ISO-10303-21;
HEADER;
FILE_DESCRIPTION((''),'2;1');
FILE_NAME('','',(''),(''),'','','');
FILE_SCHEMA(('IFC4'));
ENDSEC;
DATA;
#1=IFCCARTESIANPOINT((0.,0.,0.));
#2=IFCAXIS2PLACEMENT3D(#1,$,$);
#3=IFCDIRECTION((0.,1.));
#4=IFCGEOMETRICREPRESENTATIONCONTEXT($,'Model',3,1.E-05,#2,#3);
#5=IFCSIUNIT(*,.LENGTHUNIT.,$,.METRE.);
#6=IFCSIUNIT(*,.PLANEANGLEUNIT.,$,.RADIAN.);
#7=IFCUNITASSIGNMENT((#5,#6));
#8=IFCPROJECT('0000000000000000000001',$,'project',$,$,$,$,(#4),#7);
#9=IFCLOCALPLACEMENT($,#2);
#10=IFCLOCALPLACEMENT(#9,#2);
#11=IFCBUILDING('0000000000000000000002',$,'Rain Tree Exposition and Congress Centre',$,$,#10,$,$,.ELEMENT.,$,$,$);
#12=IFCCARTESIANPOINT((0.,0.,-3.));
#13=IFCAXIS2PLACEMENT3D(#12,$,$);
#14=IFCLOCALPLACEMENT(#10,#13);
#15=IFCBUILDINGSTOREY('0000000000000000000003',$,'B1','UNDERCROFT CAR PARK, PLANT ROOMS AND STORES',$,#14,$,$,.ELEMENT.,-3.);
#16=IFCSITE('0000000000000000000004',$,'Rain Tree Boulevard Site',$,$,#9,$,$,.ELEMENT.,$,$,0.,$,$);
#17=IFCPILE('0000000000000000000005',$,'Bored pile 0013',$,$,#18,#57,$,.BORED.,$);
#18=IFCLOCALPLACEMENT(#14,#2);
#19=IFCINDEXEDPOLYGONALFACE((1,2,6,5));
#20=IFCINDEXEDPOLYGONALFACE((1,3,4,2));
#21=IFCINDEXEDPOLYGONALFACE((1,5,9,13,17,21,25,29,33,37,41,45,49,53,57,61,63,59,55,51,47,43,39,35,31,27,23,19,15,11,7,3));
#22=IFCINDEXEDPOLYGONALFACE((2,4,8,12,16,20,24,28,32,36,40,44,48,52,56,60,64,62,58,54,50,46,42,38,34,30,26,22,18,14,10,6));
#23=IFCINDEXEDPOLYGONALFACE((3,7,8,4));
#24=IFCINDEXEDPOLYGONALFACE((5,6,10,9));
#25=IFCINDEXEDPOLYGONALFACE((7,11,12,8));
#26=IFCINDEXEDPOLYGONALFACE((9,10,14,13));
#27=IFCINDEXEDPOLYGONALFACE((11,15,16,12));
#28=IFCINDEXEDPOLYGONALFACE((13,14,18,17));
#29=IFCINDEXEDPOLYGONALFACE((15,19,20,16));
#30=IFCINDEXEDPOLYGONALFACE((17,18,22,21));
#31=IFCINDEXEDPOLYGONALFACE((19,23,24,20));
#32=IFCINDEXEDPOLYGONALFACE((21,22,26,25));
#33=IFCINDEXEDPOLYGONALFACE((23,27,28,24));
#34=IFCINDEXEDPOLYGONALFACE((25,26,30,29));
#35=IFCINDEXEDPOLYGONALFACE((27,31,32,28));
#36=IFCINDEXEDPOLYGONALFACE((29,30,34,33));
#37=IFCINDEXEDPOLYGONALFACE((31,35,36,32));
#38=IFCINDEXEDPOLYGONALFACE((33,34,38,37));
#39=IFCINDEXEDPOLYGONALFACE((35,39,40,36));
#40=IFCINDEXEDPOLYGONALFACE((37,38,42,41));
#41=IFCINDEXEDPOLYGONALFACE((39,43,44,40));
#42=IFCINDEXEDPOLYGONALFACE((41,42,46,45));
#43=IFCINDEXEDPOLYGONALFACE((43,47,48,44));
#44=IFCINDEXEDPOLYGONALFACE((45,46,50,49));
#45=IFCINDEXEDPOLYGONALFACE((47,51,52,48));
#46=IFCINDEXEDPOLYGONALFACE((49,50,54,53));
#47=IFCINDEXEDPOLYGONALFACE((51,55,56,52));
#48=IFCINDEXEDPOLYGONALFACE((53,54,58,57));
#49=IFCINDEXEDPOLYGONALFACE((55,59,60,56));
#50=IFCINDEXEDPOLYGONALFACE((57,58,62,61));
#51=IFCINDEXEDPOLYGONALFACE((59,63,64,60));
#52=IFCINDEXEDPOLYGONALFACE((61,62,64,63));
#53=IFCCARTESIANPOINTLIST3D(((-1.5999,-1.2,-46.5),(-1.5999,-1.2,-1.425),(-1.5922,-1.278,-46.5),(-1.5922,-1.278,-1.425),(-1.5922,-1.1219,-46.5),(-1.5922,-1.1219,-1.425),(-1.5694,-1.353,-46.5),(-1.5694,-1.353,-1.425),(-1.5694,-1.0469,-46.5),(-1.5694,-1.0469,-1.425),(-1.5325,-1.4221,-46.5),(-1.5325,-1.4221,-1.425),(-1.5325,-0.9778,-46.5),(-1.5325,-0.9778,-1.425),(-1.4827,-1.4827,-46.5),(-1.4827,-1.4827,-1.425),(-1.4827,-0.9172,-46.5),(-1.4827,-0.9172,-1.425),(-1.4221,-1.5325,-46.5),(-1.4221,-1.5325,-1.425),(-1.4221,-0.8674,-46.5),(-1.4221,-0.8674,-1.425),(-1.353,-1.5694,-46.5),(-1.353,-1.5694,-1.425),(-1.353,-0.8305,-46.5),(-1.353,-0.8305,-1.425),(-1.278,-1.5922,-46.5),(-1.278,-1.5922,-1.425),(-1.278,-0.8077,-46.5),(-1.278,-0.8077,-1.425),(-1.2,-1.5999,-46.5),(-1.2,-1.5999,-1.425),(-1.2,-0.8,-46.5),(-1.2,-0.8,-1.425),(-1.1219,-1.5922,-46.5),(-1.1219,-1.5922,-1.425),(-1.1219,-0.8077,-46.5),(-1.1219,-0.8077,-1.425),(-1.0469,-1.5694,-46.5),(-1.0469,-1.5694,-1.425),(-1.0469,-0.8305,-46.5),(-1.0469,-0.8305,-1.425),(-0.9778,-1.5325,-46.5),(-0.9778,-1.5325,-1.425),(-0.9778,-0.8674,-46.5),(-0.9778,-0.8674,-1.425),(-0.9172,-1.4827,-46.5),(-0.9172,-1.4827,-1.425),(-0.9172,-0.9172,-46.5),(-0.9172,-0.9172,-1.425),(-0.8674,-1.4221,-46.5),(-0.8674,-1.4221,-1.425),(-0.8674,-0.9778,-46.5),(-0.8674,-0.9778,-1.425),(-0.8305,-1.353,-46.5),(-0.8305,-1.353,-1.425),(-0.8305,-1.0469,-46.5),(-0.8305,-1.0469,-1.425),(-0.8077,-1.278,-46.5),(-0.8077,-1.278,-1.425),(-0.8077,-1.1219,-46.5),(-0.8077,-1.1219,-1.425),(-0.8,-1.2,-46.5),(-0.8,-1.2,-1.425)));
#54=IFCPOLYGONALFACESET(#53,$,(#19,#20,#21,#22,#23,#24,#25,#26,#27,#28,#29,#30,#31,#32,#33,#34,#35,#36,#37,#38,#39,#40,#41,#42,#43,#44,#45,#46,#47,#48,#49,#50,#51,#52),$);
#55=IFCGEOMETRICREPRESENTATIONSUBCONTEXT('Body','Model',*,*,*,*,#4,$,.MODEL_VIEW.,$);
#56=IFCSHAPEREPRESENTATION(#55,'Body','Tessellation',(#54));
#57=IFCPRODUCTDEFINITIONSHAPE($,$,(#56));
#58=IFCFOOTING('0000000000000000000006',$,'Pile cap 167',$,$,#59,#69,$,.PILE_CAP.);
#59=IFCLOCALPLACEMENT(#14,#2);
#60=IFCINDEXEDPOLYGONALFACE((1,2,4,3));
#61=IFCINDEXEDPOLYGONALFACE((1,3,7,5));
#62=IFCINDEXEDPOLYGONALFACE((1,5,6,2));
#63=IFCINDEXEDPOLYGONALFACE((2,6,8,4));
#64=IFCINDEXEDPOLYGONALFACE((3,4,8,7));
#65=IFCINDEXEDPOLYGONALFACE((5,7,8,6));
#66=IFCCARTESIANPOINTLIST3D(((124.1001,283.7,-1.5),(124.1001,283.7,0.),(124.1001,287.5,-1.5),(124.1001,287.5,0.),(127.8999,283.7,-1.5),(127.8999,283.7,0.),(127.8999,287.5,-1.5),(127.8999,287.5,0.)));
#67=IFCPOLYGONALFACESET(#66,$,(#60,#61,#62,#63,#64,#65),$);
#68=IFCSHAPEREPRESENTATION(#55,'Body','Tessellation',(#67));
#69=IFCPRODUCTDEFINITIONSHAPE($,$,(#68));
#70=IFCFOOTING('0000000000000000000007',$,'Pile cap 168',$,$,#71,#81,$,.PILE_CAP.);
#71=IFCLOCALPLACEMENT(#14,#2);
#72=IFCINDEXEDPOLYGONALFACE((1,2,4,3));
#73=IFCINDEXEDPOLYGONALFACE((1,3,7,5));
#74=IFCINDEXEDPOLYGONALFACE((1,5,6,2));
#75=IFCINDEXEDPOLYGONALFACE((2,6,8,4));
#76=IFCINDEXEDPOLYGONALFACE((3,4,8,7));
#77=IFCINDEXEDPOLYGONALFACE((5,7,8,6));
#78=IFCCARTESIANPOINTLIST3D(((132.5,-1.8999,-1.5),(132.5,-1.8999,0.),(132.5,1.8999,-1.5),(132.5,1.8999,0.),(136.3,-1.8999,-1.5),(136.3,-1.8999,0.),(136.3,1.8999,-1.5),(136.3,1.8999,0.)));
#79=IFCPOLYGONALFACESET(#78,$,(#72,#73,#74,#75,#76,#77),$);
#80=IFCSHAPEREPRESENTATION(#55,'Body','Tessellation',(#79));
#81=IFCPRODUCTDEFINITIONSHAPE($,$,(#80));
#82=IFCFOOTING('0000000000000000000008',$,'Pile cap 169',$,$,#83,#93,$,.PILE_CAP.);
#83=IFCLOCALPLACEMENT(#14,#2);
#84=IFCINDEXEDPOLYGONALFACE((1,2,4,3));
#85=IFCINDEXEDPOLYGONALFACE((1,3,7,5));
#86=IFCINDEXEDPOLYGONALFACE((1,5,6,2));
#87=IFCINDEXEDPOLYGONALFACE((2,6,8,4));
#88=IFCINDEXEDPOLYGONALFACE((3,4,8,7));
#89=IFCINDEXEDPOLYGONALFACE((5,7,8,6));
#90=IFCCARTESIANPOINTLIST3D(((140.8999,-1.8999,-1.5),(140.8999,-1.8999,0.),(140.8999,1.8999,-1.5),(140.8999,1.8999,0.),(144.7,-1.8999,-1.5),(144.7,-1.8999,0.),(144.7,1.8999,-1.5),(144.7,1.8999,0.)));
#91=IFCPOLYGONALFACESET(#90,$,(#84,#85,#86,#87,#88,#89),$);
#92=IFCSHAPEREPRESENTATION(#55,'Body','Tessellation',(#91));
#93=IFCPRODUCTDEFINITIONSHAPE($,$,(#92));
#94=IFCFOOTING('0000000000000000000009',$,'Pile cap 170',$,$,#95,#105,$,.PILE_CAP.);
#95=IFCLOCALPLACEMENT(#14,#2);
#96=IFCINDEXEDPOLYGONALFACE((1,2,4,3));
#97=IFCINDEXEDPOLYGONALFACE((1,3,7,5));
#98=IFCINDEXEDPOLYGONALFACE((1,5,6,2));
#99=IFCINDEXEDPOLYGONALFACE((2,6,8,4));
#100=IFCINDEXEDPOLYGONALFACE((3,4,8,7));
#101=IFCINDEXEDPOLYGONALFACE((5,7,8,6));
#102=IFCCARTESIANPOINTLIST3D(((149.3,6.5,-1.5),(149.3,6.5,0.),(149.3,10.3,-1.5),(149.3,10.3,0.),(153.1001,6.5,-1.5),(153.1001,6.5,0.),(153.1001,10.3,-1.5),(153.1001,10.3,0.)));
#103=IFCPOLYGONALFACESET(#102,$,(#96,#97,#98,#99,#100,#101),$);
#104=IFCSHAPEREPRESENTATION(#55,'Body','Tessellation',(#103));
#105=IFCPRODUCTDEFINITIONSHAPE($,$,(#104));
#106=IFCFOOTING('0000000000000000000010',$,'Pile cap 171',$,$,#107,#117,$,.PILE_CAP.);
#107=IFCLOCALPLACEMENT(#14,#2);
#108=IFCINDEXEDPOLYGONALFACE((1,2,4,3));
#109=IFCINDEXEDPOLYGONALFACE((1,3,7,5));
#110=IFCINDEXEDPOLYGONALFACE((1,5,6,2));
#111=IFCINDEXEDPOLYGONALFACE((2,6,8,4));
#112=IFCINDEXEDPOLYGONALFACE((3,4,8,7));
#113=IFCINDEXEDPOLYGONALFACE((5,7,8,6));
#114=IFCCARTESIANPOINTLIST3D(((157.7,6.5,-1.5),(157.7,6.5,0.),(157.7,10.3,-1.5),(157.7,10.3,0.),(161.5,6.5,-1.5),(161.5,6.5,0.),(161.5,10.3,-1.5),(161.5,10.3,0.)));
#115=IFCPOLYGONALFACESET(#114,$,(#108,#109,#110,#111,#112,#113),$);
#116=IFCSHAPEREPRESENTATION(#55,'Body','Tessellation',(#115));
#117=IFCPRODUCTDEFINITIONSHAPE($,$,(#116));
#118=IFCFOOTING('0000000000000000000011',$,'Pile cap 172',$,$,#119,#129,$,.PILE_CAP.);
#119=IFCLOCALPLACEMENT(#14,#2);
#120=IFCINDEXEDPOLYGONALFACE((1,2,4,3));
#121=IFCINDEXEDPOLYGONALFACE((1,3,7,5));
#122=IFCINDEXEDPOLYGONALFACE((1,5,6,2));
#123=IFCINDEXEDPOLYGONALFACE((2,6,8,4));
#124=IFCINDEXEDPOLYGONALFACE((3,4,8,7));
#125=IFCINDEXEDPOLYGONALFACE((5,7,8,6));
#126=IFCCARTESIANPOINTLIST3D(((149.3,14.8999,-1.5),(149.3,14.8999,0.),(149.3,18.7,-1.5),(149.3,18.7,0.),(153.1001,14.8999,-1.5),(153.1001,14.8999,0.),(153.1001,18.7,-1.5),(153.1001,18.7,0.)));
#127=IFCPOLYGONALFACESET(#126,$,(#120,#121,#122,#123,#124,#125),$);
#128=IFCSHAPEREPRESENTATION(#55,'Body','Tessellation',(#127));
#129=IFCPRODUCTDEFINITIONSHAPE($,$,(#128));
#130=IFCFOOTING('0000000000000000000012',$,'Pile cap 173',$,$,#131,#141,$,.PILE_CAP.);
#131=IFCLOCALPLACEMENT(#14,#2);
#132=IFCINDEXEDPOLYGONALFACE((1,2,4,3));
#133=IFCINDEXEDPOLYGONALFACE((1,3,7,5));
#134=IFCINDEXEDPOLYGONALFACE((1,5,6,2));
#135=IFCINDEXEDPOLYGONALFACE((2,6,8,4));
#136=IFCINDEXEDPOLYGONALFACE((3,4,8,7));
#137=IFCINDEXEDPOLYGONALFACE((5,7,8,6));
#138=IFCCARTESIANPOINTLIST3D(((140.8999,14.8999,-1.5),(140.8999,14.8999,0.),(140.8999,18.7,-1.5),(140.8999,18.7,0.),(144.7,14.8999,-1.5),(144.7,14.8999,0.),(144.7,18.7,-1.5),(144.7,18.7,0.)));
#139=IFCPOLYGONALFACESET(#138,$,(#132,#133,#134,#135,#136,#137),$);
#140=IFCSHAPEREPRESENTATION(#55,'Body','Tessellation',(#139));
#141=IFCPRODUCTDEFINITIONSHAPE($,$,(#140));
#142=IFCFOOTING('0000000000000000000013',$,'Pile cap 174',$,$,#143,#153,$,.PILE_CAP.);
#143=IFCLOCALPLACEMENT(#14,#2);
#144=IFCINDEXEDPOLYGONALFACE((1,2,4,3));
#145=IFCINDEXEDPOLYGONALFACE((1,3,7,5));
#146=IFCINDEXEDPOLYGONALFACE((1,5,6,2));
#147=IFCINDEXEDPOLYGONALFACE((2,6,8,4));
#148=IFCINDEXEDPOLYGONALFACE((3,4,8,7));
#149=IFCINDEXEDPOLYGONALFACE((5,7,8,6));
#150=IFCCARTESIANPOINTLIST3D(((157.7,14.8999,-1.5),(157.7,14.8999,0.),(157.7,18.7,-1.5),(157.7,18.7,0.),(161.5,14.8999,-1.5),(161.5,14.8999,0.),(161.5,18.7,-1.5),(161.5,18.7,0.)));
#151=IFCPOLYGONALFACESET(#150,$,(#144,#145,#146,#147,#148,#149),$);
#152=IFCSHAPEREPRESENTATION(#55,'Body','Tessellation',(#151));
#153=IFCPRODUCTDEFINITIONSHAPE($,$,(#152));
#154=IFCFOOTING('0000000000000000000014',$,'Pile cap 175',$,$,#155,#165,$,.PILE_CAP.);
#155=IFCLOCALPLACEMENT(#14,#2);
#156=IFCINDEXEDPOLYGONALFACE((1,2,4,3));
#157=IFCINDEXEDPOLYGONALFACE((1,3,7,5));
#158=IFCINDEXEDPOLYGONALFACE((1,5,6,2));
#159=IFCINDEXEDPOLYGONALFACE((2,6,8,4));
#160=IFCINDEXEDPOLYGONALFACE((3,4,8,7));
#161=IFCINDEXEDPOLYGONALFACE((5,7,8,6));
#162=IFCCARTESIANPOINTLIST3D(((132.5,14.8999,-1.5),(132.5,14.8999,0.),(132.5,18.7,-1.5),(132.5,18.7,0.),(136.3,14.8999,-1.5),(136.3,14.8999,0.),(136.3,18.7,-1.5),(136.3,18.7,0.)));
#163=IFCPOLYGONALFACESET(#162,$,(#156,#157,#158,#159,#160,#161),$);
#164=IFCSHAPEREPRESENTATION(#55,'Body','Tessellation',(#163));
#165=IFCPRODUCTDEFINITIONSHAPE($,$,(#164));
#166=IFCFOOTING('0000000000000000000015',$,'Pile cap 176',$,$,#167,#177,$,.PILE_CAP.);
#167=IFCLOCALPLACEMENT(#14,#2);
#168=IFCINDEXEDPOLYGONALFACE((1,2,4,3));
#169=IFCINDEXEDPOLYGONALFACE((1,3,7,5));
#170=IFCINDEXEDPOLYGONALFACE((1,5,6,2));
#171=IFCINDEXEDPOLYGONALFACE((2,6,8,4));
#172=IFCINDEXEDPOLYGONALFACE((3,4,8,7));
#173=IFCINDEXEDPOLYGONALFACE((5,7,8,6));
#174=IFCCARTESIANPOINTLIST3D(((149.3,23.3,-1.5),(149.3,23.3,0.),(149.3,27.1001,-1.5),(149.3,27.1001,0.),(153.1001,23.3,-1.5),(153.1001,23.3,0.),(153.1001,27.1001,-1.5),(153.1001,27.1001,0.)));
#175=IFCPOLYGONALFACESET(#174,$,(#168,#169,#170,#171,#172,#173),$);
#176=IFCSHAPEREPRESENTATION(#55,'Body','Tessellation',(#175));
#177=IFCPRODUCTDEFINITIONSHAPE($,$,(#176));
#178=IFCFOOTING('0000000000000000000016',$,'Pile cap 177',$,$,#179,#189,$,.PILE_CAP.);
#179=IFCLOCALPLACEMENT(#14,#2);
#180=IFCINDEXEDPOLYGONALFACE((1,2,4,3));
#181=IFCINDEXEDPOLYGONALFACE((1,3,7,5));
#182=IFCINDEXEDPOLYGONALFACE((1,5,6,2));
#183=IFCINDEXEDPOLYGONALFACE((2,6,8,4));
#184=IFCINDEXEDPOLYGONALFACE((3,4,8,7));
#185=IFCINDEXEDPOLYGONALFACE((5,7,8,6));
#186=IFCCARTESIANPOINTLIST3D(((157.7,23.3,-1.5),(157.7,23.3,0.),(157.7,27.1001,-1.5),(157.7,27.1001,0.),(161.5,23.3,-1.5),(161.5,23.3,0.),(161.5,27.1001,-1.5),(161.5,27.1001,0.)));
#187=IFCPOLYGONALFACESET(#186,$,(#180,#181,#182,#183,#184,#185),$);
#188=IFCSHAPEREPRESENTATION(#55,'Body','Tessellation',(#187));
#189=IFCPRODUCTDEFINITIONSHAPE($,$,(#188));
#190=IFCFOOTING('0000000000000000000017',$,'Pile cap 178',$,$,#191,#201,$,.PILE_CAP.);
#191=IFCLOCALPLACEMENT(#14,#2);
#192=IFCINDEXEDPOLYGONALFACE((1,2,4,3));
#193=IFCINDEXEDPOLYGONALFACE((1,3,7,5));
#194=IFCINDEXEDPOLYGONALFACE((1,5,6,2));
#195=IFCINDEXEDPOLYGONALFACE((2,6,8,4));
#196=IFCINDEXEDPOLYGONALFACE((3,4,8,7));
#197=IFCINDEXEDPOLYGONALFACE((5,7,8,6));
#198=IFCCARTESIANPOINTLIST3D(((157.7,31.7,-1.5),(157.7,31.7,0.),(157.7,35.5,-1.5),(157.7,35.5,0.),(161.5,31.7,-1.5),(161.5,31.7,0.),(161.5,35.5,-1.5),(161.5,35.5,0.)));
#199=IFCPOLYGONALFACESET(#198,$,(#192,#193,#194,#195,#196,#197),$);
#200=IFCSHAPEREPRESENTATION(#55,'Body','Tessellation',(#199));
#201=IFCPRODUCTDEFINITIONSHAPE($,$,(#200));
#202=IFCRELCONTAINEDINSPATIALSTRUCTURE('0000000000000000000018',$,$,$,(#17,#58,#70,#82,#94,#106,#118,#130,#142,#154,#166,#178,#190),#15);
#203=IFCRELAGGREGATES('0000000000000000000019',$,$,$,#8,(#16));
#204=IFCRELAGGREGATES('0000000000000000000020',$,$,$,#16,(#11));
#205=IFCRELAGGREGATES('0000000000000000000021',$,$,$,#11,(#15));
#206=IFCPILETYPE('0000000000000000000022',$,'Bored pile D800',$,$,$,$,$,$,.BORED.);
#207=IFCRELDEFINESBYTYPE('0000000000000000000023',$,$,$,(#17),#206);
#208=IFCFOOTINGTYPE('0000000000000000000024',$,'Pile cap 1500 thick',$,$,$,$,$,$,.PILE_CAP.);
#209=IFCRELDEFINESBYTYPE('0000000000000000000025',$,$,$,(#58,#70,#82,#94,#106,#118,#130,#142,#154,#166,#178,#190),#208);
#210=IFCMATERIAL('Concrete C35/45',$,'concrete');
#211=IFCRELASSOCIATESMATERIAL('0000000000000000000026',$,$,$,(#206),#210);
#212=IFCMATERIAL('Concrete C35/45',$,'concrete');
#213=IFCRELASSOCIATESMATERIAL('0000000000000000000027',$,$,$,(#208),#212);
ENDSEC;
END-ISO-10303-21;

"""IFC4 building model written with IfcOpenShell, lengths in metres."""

from ifc_helpers import new_model, si_unit, direction, frame, origin, origin_2d, place, context, subcontext, project, spatial, polyline, circle, outline, extrude, material, material_profile, profile_set, type_object, element, save


model = new_model("IFC4")

# Units and contexts
model_context = context("Model", 3, precision=1e-05, world=origin(), true_north=direction((0.0, 1.0)))
body_context = subcontext(model_context, "Body", "Model", "MODEL_VIEW")
ifc_project = project(units=[si_unit("LENGTHUNIT", "METRE"), si_unit("PLANEANGLEUNIT", "RADIAN")], contexts=[model_context])

# Site, building, storey
site_placement = place(None, origin())
site = spatial("IfcSite", under=ifc_project, at=site_placement, Name="Rain Tree Boulevard Site", CompositionType="ELEMENT", RefElevation=0.0)
building_placement = place(site_placement, origin())
building = spatial("IfcBuilding", under=site, at=building_placement, Name="Rain Tree Exposition and Congress Centre", CompositionType="ELEMENT")
storey_placement = place(building_placement, frame((0.0, 0.0, -3.0)))
storey = spatial("IfcBuildingStorey", under=building, at=storey_placement, Name="B1", Description="UNDERCROFT CAR PARK, PLANT ROOMS AND STORES", CompositionType="ELEMENT", Elevation=-3.0)

# Pile
ifc_material_1 = material(Name="Concrete C35/45", Category="concrete")
ifc_material_profile_1 = material_profile(ifc_material_1, circle(Radius=0.3999, at=origin_2d()), Name="D800")
ifc_profile_set_1 = profile_set([ifc_material_profile_1], Name="Concrete C35/45")
pile_type = type_object("IfcPileType", Name="Bored pile D800", PredefinedType="BORED", material=ifc_profile_set_1)
pile_placement = place(storey_placement, frame((-1.2, -1.2, -1.425), z_axis=(0.0, 0.0, -1.0), x_axis=(1.0, 0.0, 0.0)))
element("IfcPile", 1, at=pile_placement, inside=storey, type_object=pile_type, Name="Bored pile 0013", PredefinedType="BORED", context=body_context, shape_type="SweptSolid", body=[
    extrude(circle(Radius=0.3999, at=origin_2d()), origin(), (0.0, 0.0, 1.0), 45.075),
])

# Footings
ifc_material_2 = material(Name="Concrete C35/45", Category="concrete")
footing_type_1 = type_object("IfcFootingType", Name="Pile cap 1500 thick", PredefinedType="PILE_CAP", material=ifc_material_2)
footing_1_placement = place(storey_placement, frame((0.0, 0.0, -1.5)))
element("IfcFooting", 2, at=footing_1_placement, inside=storey, type_object=footing_type_1, Name="Pile cap 167", PredefinedType="PILE_CAP", context=body_context, shape_type="SweptSolid", body=[
    extrude(outline(polyline([(127.8999, 283.7), (127.8999, 287.5), (124.1001, 287.5), (124.1001, 283.7), (127.8999, 283.7)])), origin(), (0.0, 0.0, 1.0), 1.5),
])
footing_2_placement = place(storey_placement, frame((0.0, 0.0, -1.5)))
element("IfcFooting", 3, at=footing_2_placement, inside=storey, type_object=footing_type_1, Name="Pile cap 168", PredefinedType="PILE_CAP", context=body_context, shape_type="SweptSolid", body=[
    extrude(outline(polyline([(136.3, -1.8999), (136.3, 1.8999), (132.5, 1.8999), (132.5, -1.8999), (136.3, -1.8999)])), origin(), (0.0, 0.0, 1.0), 1.5),
])
footing_3_placement = place(storey_placement, frame((0.0, 0.0, -1.5)))
element("IfcFooting", 4, at=footing_3_placement, inside=storey, type_object=footing_type_1, Name="Pile cap 169", PredefinedType="PILE_CAP", context=body_context, shape_type="SweptSolid", body=[
    extrude(outline(polyline([(144.7, -1.8999), (144.7, 1.8999), (140.8999, 1.8999), (140.8999, -1.8999), (144.7, -1.8999)])), origin(), (0.0, 0.0, 1.0), 1.5),
])
footing_4_placement = place(storey_placement, frame((0.0, 0.0, -1.5)))
element("IfcFooting", 5, at=footing_4_placement, inside=storey, type_object=footing_type_1, Name="Pile cap 170", PredefinedType="PILE_CAP", context=body_context, shape_type="SweptSolid", body=[
    extrude(outline(polyline([(153.1001, 6.5), (153.1001, 10.3), (149.3, 10.3), (149.3, 6.5), (153.1001, 6.5)])), origin(), (0.0, 0.0, 1.0), 1.5),
])
footing_5_placement = place(storey_placement, frame((0.0, 0.0, -1.5)))
element("IfcFooting", 6, at=footing_5_placement, inside=storey, type_object=footing_type_1, Name="Pile cap 171", PredefinedType="PILE_CAP", context=body_context, shape_type="SweptSolid", body=[
    extrude(outline(polyline([(161.5, 6.5), (161.5, 10.3), (157.7, 10.3), (157.7, 6.5), (161.5, 6.5)])), origin(), (0.0, 0.0, 1.0), 1.5),
])
footing_6_placement = place(storey_placement, frame((0.0, 0.0, -1.5)))
element("IfcFooting", 7, at=footing_6_placement, inside=storey, type_object=footing_type_1, Name="Pile cap 172", PredefinedType="PILE_CAP", context=body_context, shape_type="SweptSolid", body=[
    extrude(outline(polyline([(153.1001, 14.8999), (153.1001, 18.7), (149.3, 18.7), (149.3, 14.8999), (153.1001, 14.8999)])), origin(), (0.0, 0.0, 1.0), 1.5),
])
footing_7_placement = place(storey_placement, frame((0.0, 0.0, -1.5)))
element("IfcFooting", 8, at=footing_7_placement, inside=storey, type_object=footing_type_1, Name="Pile cap 173", PredefinedType="PILE_CAP", context=body_context, shape_type="SweptSolid", body=[
    extrude(outline(polyline([(144.7, 14.8999), (144.7, 18.7), (140.8999, 18.7), (140.8999, 14.8999), (144.7, 14.8999)])), origin(), (0.0, 0.0, 1.0), 1.5),
])
footing_8_placement = place(storey_placement, frame((0.0, 0.0, -1.5)))
element("IfcFooting", 9, at=footing_8_placement, inside=storey, type_object=footing_type_1, Name="Pile cap 174", PredefinedType="PILE_CAP", context=body_context, shape_type="SweptSolid", body=[
    extrude(outline(polyline([(161.5, 14.8999), (161.5, 18.7), (157.7, 18.7), (157.7, 14.8999), (161.5, 14.8999)])), origin(), (0.0, 0.0, 1.0), 1.5),
])
footing_9_placement = place(storey_placement, frame((0.0, 0.0, -1.5)))
element("IfcFooting", 10, at=footing_9_placement, inside=storey, type_object=footing_type_1, Name="Pile cap 175", PredefinedType="PILE_CAP", context=body_context, shape_type="SweptSolid", body=[
    extrude(outline(polyline([(136.3, 14.8999), (136.3, 18.7), (132.5, 18.7), (132.5, 14.8999), (136.3, 14.8999)])), origin(), (0.0, 0.0, 1.0), 1.5),
])
footing_10_placement = place(storey_placement, frame((0.0, 0.0, -1.5)))
element("IfcFooting", 11, at=footing_10_placement, inside=storey, type_object=footing_type_1, Name="Pile cap 176", PredefinedType="PILE_CAP", context=body_context, shape_type="SweptSolid", body=[
    extrude(outline(polyline([(153.1001, 23.3), (153.1001, 27.1001), (149.3, 27.1001), (149.3, 23.3), (153.1001, 23.3)])), origin(), (0.0, 0.0, 1.0), 1.5),
])
footing_11_placement = place(storey_placement, frame((0.0, 0.0, -1.5)))
element("IfcFooting", 12, at=footing_11_placement, inside=storey, type_object=footing_type_1, Name="Pile cap 177", PredefinedType="PILE_CAP", context=body_context, shape_type="SweptSolid", body=[
    extrude(outline(polyline([(161.5, 23.3), (161.5, 27.1001), (157.7, 27.1001), (157.7, 23.3), (161.5, 23.3)])), origin(), (0.0, 0.0, 1.0), 1.5),
])
footing_12_placement = place(storey_placement, frame((0.0, 0.0, -1.5)))
element("IfcFooting", 13, at=footing_12_placement, inside=storey, type_object=footing_type_1, Name="Pile cap 178", PredefinedType="PILE_CAP", context=body_context, shape_type="SweptSolid", body=[
    extrude(outline(polyline([(161.5, 31.7), (161.5, 35.5), (157.7, 35.5), (157.7, 31.7), (161.5, 31.7)])), origin(), (0.0, 0.0, 1.0), 1.5),
])

save(model, "model.ifc")
